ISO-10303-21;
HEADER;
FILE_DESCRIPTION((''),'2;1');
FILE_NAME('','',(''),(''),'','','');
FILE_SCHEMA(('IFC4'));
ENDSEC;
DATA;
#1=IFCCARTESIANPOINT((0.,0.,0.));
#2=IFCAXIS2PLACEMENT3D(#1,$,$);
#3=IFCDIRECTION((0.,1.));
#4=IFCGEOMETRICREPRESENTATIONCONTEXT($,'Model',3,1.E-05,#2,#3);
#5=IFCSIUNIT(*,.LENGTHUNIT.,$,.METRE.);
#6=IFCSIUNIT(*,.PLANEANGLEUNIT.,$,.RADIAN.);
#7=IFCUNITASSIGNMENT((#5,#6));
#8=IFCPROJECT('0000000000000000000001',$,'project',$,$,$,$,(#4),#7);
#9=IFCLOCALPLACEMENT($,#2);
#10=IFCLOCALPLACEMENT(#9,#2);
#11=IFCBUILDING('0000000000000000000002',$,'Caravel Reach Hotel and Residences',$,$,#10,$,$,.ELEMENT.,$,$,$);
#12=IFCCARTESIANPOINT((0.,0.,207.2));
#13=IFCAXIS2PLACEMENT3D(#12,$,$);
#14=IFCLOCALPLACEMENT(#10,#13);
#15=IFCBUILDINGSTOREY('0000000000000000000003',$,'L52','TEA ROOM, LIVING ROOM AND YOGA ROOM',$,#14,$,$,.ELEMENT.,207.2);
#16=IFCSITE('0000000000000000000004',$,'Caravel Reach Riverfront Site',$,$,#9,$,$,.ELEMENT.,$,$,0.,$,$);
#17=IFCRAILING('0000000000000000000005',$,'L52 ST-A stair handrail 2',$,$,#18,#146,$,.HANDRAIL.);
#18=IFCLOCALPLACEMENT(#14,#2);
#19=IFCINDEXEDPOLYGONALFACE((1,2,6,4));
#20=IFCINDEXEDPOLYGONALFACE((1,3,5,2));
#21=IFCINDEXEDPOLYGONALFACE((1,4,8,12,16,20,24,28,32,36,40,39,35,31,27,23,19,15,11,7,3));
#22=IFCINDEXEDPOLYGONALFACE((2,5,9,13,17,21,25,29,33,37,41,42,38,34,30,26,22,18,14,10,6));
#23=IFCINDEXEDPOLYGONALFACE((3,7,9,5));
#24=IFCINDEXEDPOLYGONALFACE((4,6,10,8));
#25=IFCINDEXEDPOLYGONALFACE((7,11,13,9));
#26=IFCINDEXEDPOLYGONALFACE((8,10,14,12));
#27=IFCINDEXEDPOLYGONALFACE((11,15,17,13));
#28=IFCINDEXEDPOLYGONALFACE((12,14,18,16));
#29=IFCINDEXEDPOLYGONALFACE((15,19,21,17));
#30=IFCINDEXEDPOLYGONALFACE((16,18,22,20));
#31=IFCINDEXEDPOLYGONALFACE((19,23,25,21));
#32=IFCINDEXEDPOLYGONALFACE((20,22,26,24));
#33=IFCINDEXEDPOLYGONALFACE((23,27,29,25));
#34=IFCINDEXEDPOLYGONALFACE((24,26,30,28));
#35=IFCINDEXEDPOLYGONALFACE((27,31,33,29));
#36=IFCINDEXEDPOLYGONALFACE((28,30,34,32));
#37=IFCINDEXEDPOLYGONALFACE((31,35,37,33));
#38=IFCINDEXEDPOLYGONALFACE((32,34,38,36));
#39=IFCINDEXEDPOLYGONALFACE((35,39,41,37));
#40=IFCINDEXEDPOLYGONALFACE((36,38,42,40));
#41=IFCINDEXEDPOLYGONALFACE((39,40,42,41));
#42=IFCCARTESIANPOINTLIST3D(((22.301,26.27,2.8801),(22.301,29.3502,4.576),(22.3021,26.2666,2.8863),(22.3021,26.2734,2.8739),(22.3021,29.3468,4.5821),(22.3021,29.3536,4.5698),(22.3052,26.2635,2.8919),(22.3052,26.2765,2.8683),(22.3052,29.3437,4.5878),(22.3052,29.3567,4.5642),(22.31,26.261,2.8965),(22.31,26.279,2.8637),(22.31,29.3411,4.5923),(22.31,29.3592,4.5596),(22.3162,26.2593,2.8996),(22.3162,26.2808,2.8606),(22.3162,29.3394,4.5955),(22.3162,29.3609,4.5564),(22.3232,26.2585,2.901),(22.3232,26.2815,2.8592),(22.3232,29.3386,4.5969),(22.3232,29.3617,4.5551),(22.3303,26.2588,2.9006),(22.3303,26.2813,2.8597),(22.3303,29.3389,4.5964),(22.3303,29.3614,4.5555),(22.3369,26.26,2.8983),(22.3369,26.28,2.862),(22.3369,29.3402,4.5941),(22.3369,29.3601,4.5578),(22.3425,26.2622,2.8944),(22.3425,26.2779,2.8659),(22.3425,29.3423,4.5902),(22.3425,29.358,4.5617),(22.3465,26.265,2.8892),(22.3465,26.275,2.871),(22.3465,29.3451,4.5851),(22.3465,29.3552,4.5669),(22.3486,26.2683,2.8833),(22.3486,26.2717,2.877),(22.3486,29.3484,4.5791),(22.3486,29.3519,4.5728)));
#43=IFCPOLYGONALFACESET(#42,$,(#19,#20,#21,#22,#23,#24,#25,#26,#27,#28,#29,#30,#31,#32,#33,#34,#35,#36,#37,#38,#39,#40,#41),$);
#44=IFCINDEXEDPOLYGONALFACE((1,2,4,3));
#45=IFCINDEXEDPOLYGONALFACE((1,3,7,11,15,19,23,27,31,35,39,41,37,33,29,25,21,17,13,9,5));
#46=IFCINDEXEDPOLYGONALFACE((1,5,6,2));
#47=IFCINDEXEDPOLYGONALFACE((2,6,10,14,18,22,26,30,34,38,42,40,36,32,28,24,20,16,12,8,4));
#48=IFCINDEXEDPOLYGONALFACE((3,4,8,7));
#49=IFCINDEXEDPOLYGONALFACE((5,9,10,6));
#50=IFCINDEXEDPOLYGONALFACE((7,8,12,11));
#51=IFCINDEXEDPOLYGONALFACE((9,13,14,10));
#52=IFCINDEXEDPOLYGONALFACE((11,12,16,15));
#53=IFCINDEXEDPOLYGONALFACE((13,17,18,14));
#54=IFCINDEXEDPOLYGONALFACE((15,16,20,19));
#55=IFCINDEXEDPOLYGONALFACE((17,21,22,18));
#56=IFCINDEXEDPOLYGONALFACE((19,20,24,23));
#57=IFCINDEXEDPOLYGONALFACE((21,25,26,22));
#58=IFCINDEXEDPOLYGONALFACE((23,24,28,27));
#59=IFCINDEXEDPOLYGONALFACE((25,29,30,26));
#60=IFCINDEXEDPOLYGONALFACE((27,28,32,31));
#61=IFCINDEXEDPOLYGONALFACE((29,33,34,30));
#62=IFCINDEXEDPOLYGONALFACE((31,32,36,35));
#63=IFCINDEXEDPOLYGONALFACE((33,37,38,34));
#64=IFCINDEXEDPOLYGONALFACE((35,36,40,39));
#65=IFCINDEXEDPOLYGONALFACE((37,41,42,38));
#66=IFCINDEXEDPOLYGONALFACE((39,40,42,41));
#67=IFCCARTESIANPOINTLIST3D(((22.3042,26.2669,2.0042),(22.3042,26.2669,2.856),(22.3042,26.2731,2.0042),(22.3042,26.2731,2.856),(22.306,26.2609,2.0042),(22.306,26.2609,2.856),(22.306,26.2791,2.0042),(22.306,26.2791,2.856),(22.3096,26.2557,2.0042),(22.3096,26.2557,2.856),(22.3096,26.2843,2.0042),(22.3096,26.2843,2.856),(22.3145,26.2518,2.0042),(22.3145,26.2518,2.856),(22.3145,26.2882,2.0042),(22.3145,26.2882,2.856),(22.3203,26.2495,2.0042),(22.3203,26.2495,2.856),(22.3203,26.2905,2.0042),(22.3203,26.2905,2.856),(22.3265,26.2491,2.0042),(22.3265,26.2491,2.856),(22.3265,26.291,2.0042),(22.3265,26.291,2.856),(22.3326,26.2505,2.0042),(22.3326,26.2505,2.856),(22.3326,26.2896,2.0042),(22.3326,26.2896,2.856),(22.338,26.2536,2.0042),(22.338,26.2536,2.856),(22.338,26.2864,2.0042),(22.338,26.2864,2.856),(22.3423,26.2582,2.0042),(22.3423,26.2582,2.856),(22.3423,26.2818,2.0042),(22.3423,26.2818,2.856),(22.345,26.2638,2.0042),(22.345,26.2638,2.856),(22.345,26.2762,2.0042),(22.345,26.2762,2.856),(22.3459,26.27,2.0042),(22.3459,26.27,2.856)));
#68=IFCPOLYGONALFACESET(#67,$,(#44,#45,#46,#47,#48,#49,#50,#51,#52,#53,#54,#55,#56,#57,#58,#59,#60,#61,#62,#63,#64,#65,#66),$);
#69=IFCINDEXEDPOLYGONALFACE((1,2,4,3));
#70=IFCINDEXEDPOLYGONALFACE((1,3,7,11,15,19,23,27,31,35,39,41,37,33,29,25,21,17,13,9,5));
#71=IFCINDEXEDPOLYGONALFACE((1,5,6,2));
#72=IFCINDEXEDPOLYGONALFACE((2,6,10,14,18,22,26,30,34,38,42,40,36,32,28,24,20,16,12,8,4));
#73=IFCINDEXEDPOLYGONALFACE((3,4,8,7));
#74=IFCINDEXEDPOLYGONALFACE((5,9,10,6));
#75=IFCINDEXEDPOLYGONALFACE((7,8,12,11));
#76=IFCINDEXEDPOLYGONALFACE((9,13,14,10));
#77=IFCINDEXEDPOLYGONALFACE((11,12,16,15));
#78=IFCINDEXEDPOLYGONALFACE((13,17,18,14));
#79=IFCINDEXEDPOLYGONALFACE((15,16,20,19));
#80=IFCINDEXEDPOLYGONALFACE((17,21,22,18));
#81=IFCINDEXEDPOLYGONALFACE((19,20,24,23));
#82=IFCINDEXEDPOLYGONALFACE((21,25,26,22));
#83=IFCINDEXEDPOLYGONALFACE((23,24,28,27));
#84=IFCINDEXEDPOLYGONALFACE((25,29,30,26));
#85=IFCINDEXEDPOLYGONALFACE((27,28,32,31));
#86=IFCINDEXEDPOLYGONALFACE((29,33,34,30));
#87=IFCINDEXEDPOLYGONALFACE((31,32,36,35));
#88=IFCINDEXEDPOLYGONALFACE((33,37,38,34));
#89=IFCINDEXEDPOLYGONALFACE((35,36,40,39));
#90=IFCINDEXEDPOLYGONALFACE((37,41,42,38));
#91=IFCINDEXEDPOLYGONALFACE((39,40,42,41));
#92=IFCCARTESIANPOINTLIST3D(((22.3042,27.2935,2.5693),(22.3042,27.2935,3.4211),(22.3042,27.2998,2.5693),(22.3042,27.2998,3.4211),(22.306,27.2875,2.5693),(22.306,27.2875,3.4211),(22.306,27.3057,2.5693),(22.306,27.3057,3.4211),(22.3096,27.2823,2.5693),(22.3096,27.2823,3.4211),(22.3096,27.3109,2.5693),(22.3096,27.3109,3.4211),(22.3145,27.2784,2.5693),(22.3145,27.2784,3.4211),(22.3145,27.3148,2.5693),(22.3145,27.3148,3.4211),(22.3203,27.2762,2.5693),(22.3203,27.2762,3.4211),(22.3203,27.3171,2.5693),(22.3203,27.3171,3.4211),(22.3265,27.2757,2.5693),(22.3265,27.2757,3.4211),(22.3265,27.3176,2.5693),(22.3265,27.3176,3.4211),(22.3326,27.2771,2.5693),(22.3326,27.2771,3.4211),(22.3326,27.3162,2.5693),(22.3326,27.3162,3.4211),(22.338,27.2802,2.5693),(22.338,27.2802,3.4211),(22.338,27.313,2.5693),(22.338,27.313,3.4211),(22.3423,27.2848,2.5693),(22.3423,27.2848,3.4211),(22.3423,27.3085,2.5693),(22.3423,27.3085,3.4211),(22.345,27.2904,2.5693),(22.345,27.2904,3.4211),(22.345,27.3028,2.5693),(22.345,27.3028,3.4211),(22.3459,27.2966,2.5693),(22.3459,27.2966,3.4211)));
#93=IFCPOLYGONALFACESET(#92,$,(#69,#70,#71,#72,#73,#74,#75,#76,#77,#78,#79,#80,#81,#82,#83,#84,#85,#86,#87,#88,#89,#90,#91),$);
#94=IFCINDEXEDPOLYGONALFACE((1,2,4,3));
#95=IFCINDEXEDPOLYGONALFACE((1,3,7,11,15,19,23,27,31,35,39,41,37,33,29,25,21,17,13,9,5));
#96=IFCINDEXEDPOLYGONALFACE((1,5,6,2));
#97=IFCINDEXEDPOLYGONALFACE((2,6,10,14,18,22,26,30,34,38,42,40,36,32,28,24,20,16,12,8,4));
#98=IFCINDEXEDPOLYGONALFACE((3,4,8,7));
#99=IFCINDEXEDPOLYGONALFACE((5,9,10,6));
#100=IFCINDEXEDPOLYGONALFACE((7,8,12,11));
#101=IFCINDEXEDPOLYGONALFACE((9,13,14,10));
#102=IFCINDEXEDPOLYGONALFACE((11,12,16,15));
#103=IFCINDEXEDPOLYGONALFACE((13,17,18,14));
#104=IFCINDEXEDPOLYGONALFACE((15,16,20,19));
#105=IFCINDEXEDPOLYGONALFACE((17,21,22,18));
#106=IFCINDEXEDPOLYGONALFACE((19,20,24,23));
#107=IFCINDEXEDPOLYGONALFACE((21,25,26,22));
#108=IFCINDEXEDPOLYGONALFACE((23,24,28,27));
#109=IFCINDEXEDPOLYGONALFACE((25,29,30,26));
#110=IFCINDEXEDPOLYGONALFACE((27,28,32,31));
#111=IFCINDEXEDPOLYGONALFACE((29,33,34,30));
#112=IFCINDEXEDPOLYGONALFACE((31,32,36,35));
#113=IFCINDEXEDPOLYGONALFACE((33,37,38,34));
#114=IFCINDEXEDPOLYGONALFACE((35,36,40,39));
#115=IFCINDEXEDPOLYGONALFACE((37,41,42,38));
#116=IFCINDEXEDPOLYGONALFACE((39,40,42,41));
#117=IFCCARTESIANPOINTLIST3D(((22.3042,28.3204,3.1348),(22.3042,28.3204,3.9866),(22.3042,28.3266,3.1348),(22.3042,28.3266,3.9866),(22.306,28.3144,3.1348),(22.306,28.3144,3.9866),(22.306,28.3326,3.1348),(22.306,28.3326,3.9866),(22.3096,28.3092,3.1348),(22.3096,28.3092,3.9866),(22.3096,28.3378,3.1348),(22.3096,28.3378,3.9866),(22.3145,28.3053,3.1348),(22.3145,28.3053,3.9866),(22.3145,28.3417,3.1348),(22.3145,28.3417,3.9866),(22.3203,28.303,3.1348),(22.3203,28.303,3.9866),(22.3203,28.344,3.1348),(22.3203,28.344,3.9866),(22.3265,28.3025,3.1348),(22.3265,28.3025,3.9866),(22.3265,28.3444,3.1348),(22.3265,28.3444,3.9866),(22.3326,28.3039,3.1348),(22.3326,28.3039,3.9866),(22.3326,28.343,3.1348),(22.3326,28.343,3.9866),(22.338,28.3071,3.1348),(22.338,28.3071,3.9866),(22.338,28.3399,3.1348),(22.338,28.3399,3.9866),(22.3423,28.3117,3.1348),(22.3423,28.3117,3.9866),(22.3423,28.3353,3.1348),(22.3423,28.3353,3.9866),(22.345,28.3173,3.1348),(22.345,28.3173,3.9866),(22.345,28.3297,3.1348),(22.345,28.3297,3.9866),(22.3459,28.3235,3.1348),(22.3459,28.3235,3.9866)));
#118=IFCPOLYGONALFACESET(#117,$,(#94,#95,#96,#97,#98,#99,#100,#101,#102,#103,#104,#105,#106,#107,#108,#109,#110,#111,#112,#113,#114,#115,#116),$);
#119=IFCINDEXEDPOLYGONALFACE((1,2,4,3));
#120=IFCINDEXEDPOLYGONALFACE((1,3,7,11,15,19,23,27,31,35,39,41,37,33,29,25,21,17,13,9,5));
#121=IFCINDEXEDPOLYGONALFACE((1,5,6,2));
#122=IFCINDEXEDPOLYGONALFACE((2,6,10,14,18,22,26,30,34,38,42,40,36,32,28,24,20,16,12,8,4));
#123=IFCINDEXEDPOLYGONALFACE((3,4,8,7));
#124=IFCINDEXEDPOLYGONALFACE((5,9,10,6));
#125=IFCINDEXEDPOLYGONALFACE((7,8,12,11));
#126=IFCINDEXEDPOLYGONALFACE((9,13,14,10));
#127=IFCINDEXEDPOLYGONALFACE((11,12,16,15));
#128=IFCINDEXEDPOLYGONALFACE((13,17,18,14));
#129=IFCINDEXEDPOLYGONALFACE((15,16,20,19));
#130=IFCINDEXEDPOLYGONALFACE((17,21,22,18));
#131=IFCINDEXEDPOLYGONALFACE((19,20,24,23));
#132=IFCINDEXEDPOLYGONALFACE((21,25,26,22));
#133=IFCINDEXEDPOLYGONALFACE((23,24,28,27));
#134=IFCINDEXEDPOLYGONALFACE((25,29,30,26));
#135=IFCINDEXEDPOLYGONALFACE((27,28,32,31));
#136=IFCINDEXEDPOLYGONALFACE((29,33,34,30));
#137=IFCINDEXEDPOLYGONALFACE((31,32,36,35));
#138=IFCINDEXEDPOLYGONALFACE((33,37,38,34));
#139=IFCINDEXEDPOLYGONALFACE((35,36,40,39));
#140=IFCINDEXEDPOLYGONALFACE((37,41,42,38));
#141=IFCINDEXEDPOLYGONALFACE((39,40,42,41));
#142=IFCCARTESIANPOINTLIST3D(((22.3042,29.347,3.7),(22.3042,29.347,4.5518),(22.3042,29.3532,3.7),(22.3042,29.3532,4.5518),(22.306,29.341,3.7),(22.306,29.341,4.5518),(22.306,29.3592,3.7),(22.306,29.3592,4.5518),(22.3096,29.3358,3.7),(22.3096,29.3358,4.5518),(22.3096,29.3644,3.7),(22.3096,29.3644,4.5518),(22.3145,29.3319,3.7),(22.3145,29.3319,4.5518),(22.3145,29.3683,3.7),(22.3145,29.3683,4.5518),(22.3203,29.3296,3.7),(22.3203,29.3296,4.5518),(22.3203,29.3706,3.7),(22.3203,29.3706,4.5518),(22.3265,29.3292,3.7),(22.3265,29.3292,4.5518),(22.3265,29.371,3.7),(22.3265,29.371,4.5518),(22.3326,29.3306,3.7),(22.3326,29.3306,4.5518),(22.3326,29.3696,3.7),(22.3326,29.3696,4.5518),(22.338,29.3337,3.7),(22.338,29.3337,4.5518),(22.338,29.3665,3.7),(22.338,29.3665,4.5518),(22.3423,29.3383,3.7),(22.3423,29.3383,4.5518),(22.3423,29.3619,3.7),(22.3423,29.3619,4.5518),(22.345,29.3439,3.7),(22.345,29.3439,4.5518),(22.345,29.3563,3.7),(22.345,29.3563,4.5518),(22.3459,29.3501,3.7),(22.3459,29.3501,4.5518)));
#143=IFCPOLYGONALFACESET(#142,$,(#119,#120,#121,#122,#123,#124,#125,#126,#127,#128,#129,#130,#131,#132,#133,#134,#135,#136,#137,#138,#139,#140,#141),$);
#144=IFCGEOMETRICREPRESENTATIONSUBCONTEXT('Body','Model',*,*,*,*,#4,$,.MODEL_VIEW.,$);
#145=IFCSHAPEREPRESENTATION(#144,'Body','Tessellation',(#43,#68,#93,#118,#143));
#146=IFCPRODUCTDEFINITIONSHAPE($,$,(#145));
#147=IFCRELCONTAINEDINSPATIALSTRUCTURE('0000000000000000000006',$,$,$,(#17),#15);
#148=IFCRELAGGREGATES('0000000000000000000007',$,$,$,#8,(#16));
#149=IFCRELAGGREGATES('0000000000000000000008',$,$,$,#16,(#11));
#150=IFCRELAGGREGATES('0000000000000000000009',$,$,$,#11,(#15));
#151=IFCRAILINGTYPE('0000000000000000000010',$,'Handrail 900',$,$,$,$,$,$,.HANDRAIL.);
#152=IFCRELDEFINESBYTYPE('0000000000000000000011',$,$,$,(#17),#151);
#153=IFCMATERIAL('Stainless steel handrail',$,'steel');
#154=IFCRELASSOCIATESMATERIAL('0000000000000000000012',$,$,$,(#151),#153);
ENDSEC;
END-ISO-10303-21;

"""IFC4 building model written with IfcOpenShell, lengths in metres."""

from ifc_helpers import new_model, si_unit, direction, frame, origin, origin_2d, place, context, subcontext, project, spatial, circle, extrude, material, type_object, element, save


model = new_model("IFC4")

# Units and contexts
model_context = context("Model", 3, precision=1e-05, world=origin(), true_north=direction((0.0, 1.0)))
body_context = subcontext(model_context, "Body", "Model", "MODEL_VIEW")
ifc_project = project(units=[si_unit("LENGTHUNIT", "METRE"), si_unit("PLANEANGLEUNIT", "RADIAN")], contexts=[model_context])

# Site, building, storey
site_placement = place(None, origin())
site = spatial("IfcSite", under=ifc_project, at=site_placement, Name="Caravel Reach Riverfront Site", CompositionType="ELEMENT", RefElevation=0.0)
building_placement = place(site_placement, origin())
building = spatial("IfcBuilding", under=site, at=building_placement, Name="Caravel Reach Hotel and Residences", CompositionType="ELEMENT")
storey_placement = place(building_placement, frame((0.0, 0.0, 207.2)))
storey = spatial("IfcBuildingStorey", under=building, at=storey_placement, Name="L52", Description="TEA ROOM, LIVING ROOM AND YOGA ROOM", CompositionType="ELEMENT", Elevation=207.2)

# Railing
ifc_material_1 = material(Name="Stainless steel handrail", Category="steel")
railing_type_1 = type_object("IfcRailingType", Name="Handrail 900", PredefinedType="HANDRAIL", material=ifc_material_1)
railing_1_placement = place(storey_placement, frame((22.325, 26.27, 2.0042)))
element("IfcRailing", 1, at=railing_1_placement, inside=storey, type_object=railing_type_1, Name="L52 ST-A stair handrail 2", PredefinedType="HANDRAIL", context=body_context, shape_type="SweptSolid", body=[
    extrude(circle(Radius=0.0239, at=origin_2d()), frame((0.0, 0.0, 0.876), z_axis=(0.0, 0.876005, 0.482303), x_axis=(-1.0, 0.0, 0.0)), (0.0, 0.0, 1.0), 3.5161),
    extrude(circle(Radius=0.021, at=origin_2d()), origin(), (0.0, 0.0, 1.0), 0.8518),
    extrude(circle(Radius=0.021, at=origin_2d()), frame((0.0, 1.0266, 0.5652)), (0.0, 0.0, 1.0), 0.8518),
    extrude(circle(Radius=0.021, at=origin_2d()), frame((0.0, 2.0535, 1.1306)), (0.0, 0.0, 1.0), 0.8518),
    extrude(circle(Radius=0.021, at=origin_2d()), frame((0.0, 3.0801, 1.6958)), (0.0, 0.0, 1.0), 0.8518),
])

save(model, "model.ifc")
